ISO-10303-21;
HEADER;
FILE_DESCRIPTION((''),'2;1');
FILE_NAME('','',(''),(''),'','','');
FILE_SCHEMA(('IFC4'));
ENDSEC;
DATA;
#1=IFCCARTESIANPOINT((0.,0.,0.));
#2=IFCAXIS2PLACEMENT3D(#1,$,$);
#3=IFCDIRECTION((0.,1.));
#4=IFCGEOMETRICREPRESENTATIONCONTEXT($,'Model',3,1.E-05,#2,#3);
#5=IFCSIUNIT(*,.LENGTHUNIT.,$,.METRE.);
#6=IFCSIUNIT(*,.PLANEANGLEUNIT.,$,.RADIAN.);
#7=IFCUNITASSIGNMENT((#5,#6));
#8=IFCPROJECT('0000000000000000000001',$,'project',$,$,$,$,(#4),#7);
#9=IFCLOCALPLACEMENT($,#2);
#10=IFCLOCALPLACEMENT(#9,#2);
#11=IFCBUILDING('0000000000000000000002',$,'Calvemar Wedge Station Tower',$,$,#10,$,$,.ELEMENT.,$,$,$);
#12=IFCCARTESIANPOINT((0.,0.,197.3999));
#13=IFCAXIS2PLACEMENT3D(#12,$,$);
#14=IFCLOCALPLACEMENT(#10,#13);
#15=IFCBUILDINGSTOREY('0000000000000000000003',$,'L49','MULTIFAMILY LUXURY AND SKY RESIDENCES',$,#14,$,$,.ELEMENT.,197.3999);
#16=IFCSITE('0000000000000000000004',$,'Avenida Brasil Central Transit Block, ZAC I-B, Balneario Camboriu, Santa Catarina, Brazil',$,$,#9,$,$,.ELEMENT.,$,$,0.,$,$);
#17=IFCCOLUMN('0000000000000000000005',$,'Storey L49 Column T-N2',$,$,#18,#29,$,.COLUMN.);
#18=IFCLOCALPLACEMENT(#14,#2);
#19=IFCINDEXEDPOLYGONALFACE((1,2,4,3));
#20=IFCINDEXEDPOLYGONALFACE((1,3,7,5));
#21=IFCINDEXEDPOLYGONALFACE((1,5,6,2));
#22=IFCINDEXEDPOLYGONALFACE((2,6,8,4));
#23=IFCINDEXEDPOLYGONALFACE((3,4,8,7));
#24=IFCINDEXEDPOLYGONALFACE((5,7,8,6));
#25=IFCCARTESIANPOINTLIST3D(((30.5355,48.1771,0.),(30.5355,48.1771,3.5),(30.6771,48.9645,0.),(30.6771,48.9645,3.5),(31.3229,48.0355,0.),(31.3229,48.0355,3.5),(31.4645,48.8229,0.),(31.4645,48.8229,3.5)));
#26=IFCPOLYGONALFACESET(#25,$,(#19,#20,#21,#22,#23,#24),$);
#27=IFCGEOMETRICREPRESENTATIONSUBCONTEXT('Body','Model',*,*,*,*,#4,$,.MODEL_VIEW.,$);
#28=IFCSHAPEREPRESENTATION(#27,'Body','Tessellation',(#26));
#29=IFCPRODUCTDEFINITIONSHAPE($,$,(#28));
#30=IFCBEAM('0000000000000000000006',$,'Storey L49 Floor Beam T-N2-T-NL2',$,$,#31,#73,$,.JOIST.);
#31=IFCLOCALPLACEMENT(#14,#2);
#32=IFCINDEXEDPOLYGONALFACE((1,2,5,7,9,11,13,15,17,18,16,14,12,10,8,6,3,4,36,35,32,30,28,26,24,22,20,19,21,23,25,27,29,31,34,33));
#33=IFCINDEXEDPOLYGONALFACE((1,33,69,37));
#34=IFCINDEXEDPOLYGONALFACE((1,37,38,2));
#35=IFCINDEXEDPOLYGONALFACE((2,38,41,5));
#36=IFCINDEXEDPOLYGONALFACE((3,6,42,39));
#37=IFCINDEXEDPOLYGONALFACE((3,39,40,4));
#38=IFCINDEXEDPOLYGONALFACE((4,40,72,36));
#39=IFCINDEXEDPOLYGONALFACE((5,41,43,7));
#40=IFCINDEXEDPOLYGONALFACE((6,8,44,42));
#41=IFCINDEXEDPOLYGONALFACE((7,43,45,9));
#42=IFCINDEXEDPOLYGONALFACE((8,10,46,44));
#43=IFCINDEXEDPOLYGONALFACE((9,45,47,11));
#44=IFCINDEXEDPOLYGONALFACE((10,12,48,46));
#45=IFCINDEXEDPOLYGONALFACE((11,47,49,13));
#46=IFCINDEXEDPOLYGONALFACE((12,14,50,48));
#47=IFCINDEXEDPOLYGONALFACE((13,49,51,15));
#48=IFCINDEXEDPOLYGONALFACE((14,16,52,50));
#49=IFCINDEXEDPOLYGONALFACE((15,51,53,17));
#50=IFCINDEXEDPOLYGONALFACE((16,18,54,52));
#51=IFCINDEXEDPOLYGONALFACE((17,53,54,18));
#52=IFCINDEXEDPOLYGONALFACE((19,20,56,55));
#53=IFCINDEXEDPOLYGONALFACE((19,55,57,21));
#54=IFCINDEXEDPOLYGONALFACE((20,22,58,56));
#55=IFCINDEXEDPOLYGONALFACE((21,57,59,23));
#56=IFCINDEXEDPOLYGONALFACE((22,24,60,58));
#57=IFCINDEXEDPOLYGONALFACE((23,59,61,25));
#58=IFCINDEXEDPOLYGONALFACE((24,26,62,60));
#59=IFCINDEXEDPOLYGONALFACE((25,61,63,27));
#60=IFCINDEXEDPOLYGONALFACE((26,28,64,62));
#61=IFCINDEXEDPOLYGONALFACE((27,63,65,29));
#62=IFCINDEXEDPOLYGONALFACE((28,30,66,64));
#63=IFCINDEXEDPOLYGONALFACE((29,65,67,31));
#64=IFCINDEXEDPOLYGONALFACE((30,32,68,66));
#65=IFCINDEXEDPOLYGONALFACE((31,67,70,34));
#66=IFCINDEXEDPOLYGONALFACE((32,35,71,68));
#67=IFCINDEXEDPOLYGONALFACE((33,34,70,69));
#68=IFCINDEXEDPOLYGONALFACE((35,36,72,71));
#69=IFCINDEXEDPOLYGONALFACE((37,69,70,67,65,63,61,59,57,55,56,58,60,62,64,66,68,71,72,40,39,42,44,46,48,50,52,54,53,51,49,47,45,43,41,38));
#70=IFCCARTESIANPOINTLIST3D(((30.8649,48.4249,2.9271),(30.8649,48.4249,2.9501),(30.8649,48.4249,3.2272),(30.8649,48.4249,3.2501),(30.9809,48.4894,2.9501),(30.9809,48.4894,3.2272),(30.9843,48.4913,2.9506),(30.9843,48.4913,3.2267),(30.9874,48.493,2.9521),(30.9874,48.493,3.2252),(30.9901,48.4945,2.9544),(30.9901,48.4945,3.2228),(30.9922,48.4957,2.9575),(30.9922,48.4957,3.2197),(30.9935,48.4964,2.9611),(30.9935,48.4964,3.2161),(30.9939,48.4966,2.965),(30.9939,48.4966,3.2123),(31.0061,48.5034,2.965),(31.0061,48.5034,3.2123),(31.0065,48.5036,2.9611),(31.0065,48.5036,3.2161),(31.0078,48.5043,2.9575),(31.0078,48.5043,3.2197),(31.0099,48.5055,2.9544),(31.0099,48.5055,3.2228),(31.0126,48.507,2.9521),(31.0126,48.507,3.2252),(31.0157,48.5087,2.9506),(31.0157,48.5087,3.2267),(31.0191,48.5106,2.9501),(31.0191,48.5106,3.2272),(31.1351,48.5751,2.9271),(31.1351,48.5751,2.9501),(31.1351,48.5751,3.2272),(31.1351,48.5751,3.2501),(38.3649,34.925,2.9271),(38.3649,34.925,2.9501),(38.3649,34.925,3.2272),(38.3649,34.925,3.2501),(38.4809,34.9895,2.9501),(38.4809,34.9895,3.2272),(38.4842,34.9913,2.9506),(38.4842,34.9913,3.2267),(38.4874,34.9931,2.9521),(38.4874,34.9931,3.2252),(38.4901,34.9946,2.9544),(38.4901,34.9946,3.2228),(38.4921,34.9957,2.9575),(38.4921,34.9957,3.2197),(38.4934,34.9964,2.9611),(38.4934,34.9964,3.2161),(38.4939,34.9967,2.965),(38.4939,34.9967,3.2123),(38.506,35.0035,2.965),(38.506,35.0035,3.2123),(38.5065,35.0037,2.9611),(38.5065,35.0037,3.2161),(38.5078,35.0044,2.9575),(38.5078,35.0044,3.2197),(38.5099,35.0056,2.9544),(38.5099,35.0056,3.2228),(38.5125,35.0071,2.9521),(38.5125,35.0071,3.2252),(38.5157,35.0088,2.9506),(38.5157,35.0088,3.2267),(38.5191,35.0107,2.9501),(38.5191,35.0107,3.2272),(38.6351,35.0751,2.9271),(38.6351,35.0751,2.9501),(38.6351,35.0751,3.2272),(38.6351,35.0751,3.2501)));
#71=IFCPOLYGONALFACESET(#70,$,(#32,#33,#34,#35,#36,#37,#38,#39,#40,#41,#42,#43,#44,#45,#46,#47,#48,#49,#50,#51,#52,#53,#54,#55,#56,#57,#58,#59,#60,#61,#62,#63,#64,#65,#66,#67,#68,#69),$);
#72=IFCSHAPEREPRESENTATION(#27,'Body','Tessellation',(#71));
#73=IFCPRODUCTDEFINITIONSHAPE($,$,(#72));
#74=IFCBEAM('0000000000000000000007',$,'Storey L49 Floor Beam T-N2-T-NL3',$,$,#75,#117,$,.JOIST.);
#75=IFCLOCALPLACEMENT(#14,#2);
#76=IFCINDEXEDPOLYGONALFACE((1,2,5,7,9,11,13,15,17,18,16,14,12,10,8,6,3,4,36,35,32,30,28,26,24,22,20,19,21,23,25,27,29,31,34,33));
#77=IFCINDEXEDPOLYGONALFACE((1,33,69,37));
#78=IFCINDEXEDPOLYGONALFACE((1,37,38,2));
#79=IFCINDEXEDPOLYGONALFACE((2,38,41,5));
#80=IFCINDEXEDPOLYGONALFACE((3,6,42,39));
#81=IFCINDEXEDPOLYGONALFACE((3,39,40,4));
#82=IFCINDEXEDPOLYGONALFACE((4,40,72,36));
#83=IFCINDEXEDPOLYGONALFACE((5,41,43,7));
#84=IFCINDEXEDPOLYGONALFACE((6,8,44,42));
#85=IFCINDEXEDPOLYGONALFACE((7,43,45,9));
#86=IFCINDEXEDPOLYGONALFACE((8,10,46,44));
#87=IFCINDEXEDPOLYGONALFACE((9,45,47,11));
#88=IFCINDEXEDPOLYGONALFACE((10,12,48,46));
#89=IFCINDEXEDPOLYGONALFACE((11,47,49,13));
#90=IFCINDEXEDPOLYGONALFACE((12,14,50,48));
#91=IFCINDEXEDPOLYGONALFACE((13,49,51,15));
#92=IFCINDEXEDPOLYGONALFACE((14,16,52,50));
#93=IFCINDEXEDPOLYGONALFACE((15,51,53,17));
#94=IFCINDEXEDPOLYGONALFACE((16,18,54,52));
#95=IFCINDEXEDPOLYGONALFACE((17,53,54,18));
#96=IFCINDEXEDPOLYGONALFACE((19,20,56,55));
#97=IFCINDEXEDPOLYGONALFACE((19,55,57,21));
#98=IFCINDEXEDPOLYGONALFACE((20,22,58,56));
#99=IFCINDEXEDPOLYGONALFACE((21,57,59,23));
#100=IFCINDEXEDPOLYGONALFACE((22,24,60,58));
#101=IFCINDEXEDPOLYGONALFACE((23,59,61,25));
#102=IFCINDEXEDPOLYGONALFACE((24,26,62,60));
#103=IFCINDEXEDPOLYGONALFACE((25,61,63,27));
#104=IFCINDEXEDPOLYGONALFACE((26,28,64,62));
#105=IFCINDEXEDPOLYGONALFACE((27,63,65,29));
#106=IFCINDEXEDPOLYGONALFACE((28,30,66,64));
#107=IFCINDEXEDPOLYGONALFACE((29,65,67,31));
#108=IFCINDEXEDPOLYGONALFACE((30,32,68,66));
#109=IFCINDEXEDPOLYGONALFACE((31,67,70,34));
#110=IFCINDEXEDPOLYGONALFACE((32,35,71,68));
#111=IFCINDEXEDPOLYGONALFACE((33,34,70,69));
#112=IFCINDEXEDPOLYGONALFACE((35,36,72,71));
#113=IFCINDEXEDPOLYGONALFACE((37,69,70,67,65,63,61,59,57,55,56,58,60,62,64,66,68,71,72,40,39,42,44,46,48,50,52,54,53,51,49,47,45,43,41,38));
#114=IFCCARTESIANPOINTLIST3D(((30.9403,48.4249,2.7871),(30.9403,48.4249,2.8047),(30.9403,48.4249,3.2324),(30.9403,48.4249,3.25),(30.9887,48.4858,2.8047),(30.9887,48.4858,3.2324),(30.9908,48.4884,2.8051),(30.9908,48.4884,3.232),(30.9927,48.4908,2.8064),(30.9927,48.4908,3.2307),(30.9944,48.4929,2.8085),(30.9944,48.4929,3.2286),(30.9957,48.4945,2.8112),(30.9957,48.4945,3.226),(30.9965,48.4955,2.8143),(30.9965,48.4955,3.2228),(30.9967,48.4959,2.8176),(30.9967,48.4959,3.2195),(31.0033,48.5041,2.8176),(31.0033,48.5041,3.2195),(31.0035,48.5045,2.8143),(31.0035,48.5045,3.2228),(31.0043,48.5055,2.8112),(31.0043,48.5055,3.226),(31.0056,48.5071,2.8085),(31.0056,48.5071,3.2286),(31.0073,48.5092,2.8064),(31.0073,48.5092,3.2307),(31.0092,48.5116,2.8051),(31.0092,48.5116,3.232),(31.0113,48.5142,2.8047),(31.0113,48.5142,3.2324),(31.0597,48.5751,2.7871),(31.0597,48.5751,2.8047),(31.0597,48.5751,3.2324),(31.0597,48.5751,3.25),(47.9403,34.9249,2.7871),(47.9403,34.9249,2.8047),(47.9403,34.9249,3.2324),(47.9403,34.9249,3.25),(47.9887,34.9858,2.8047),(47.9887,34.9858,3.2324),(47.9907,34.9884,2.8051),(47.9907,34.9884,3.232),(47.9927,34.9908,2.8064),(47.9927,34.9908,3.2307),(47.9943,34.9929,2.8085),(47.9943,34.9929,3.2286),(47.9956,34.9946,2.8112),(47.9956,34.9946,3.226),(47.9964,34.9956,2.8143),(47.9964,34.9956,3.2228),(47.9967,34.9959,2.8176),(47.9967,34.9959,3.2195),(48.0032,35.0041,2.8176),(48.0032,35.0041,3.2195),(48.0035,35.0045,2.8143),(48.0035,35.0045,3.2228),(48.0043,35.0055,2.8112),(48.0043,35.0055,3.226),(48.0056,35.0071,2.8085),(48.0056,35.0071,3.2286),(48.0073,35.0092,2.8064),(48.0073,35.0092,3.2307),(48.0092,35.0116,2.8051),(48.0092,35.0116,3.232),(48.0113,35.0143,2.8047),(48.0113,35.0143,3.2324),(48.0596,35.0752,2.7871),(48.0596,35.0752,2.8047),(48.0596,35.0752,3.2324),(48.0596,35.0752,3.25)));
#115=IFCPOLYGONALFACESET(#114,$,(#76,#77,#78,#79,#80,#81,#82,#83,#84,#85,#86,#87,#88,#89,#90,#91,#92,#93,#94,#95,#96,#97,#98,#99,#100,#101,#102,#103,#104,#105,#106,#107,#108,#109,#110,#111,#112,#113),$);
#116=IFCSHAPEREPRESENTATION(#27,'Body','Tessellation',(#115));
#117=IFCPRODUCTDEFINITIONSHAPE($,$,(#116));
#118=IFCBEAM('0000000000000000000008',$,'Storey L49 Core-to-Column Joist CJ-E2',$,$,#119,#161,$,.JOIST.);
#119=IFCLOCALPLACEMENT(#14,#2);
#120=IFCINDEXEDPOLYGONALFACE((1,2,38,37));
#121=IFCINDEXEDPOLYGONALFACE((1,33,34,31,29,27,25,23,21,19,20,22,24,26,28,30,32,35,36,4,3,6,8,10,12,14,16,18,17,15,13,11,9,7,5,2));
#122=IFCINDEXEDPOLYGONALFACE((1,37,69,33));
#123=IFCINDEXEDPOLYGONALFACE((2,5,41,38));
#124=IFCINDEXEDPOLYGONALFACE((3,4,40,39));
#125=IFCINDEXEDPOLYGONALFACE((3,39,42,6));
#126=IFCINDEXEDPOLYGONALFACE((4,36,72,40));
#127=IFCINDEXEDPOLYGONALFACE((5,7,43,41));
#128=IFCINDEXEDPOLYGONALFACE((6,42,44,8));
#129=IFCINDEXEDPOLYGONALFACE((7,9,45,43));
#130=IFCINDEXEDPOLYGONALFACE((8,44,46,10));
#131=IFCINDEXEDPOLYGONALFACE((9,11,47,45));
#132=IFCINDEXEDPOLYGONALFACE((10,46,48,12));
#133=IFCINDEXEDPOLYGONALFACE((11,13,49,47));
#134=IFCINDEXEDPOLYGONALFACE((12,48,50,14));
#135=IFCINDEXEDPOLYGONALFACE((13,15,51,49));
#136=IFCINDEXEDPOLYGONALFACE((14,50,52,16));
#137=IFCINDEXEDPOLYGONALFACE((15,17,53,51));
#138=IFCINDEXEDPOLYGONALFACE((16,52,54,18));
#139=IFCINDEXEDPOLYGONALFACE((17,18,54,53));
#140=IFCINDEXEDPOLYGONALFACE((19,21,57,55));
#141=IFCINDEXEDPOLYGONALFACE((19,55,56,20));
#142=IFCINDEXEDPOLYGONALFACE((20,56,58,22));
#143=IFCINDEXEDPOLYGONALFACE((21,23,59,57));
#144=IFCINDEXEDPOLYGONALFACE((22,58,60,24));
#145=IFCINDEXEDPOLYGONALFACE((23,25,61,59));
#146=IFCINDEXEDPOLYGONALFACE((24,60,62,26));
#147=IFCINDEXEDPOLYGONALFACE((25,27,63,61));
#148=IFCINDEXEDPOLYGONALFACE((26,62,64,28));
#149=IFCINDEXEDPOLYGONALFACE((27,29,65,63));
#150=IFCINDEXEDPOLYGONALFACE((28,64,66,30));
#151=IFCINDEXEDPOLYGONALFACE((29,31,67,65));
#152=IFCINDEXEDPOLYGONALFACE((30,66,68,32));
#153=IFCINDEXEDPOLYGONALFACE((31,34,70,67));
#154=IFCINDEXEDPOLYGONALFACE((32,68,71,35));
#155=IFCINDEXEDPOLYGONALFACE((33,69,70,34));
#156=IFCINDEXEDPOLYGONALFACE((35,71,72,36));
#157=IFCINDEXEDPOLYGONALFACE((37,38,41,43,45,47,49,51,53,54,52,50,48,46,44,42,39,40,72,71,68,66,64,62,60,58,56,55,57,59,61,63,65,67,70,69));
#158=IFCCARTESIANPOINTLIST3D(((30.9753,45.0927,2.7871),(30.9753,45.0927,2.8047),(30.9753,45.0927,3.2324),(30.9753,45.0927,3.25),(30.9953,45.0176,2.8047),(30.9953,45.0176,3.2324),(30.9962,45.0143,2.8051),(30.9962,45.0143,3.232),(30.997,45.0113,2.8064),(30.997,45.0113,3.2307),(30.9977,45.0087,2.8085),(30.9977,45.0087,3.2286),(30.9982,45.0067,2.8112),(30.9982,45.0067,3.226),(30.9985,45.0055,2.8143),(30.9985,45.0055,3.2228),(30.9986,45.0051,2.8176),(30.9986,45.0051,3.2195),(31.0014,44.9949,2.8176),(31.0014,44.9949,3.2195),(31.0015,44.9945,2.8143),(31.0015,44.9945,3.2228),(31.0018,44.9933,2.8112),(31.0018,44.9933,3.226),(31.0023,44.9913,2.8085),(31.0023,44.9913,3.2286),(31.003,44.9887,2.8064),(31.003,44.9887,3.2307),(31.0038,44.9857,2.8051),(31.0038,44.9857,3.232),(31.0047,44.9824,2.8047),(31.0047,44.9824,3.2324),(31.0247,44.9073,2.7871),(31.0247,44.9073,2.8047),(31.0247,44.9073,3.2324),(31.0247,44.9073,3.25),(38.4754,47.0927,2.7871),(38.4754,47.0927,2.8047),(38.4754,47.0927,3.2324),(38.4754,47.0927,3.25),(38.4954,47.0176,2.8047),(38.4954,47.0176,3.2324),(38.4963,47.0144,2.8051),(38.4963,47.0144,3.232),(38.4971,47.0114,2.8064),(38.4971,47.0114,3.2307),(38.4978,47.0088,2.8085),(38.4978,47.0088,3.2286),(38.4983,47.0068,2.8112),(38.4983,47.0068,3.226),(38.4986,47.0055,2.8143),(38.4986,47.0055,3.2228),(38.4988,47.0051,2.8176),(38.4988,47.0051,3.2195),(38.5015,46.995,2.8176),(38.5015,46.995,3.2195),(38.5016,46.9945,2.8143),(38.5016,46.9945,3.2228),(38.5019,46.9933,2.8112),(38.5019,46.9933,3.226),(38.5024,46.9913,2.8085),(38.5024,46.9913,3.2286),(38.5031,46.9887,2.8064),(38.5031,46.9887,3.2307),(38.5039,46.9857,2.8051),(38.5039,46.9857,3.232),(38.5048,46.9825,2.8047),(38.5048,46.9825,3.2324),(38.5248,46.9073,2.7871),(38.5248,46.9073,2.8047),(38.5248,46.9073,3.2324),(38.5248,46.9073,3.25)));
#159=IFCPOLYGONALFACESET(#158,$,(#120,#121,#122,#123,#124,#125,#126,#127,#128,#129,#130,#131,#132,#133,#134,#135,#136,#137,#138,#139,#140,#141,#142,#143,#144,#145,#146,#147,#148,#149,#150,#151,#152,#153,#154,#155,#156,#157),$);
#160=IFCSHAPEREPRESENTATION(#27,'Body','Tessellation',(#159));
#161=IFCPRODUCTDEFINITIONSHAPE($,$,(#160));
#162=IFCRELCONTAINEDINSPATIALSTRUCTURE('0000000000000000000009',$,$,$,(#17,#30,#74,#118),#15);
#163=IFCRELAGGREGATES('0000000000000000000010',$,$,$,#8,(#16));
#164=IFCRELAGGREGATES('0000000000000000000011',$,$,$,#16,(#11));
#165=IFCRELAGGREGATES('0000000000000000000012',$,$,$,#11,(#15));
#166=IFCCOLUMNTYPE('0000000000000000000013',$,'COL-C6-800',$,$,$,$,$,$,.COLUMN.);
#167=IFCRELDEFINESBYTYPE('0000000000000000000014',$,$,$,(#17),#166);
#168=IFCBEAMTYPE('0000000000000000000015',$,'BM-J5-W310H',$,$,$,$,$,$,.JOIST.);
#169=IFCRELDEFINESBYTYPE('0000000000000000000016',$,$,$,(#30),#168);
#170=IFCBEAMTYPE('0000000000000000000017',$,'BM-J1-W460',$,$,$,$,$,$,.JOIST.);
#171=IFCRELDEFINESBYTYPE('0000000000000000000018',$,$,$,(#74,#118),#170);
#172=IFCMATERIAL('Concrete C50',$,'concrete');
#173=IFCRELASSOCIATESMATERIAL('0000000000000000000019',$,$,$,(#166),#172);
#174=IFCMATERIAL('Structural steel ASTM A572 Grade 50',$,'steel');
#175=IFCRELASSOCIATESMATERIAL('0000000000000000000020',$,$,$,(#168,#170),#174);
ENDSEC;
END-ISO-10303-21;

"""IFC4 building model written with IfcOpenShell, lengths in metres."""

from ifc_helpers import new_model, si_unit, direction, frame, origin, origin_2d, place, context, subcontext, project, spatial, rectangle, i_section, extrude, source, transform, mapped, material, material_profile, profile_set, type_object, element, save


model = new_model("IFC4")

# Units and contexts
model_context = context("Model", 3, precision=1e-05, world=origin(), true_north=direction((0.0, 1.0)))
body_context = subcontext(model_context, "Body", "Model", "MODEL_VIEW")
ifc_project = project(units=[si_unit("LENGTHUNIT", "METRE"), si_unit("PLANEANGLEUNIT", "RADIAN")], contexts=[model_context])

# Site, building, storey
site_placement = place(None, origin())
site = spatial("IfcSite", under=ifc_project, at=site_placement, Name="Avenida Brasil Central Transit Block, ZAC I-B, Balneario Camboriu, Santa Catarina, Brazil", CompositionType="ELEMENT", RefElevation=0.0)
building_placement = place(site_placement, origin())
building = spatial("IfcBuilding", under=site, at=building_placement, Name="Calvemar Wedge Station Tower", CompositionType="ELEMENT")
storey_placement = place(building_placement, frame((0.0, 0.0, 197.3999)))
storey = spatial("IfcBuildingStorey", under=building, at=storey_placement, Name="L49", Description="MULTIFAMILY LUXURY AND SKY RESIDENCES", CompositionType="ELEMENT", Elevation=197.3999)

# Column
ifc_material_1 = material(Name="Concrete C50", Category="concrete")
ifc_material_profile_1 = material_profile(ifc_material_1, rectangle(XDim=0.8, YDim=0.8, at=origin_2d()), Name="RC800x800")
ifc_profile_set_1 = profile_set([ifc_material_profile_1], Name="Concrete C50")
column_type = type_object("IfcColumnType", Name="COL-C6-800", PredefinedType="COLUMN", material=ifc_profile_set_1)
shared_shape_1 = source(origin(), body_context, "Body", "SweptSolid", [
    extrude(rectangle(XDim=0.8, YDim=0.8, at=origin_2d()), origin(), (0.0, 0.0, 1.0), 3.5),
])
column_placement = place(storey_placement, frame((31.0, 48.5, 0.0), z_axis=(0.0, 0.0, 1.0), x_axis=(0.984196, -0.177085, 0.0)))
element("IfcColumn", 1, at=column_placement, inside=storey, type_object=column_type, Name="Storey L49 Column T-N2", PredefinedType="COLUMN", context=body_context, shape_type="MappedRepresentation", body=[
    mapped(shared_shape_1, transform((0.0, 0.0, 0.0), scale=1.0)),
])

# Beams
ifc_material_2 = material(Name="Structural steel ASTM A572 Grade 50", Category="steel")
ifc_material_profile_2 = material_profile(ifc_material_2, i_section(OverallWidth=0.3091, OverallDepth=0.323, WebThickness=0.0139, FlangeThickness=0.0229, FilletRadius=0.0149, at=origin_2d()), Name="W310x143")
ifc_profile_set_2 = profile_set([ifc_material_profile_2], Name="Structural steel ASTM A572 Grade 50")
beam_type_1 = type_object("IfcBeamType", Name="BM-J5-W310H", PredefinedType="JOIST", material=ifc_profile_set_2)
shared_shape_2 = source(origin(), body_context, "Body", "SweptSolid", [
    extrude(i_section(OverallWidth=0.3091, OverallDepth=0.323, WebThickness=0.0139, FlangeThickness=0.0229, FilletRadius=0.0149, at=origin_2d()), origin(), (0.0, 0.0, 1.0), 15.4434),
])
beam_1_placement = place(storey_placement, frame((31.0, 48.5, 3.0886), z_axis=(0.485643, -0.874157, 0.0), x_axis=(0.874157, 0.485643, 0.0)))
element("IfcBeam", 2, at=beam_1_placement, inside=storey, type_object=beam_type_1, Name="Storey L49 Floor Beam T-N2-T-NL2", PredefinedType="JOIST", context=body_context, shape_type="MappedRepresentation", body=[
    mapped(shared_shape_2, transform((0.0, 0.0, 0.0), scale=1.0)),
])
ifc_material_profile_3 = material_profile(ifc_material_2, i_section(OverallWidth=0.1919, OverallDepth=0.4629, WebThickness=0.0105, FlangeThickness=0.0176, FilletRadius=0.0129, at=origin_2d()), Name="W460x89")
ifc_profile_set_3 = profile_set([ifc_material_profile_3], Name="Structural steel ASTM A572 Grade 50")
beam_type_2 = type_object("IfcBeamType", Name="BM-J1-W460", PredefinedType="JOIST", material=ifc_profile_set_3)
shared_shape_3 = source(origin(), body_context, "Body", "SweptSolid", [
    extrude(i_section(OverallWidth=0.1919, OverallDepth=0.4629, WebThickness=0.0105, FlangeThickness=0.0176, FilletRadius=0.0129, at=origin_2d()), origin(), (0.0, 0.0, 1.0), 21.7083),
])
beam_2_placement = place(storey_placement, frame((31.0, 48.5, 3.0186), z_axis=(0.783111, -0.621882, 0.0), x_axis=(0.621882, 0.783111, 0.0)))
element("IfcBeam", 3, at=beam_2_placement, inside=storey, type_object=beam_type_2, Name="Storey L49 Floor Beam T-N2-T-NL3", PredefinedType="JOIST", context=body_context, shape_type="MappedRepresentation", body=[
    mapped(shared_shape_3, transform((0.0, 0.0, 0.0), scale=1.0)),
])
shared_shape_4 = source(origin(), body_context, "Body", "SweptSolid", [
    extrude(i_section(OverallWidth=0.1919, OverallDepth=0.4629, WebThickness=0.0105, FlangeThickness=0.0176, FilletRadius=0.0129, at=origin_2d()), origin(), (0.0, 0.0, 1.0), 7.7622),
])
beam_3_placement = place(storey_placement, frame((31.0, 45.0, 3.0186), z_axis=(0.966235, 0.257663, 0.0), x_axis=(-0.257663, 0.966235, 0.0)))
element("IfcBeam", 4, at=beam_3_placement, inside=storey, type_object=beam_type_2, Name="Storey L49 Core-to-Column Joist CJ-E2", PredefinedType="JOIST", context=body_context, shape_type="MappedRepresentation", body=[
    mapped(shared_shape_4, transform((0.0, 0.0, 0.0), scale=1.0)),
])

save(model, "model.ifc")
